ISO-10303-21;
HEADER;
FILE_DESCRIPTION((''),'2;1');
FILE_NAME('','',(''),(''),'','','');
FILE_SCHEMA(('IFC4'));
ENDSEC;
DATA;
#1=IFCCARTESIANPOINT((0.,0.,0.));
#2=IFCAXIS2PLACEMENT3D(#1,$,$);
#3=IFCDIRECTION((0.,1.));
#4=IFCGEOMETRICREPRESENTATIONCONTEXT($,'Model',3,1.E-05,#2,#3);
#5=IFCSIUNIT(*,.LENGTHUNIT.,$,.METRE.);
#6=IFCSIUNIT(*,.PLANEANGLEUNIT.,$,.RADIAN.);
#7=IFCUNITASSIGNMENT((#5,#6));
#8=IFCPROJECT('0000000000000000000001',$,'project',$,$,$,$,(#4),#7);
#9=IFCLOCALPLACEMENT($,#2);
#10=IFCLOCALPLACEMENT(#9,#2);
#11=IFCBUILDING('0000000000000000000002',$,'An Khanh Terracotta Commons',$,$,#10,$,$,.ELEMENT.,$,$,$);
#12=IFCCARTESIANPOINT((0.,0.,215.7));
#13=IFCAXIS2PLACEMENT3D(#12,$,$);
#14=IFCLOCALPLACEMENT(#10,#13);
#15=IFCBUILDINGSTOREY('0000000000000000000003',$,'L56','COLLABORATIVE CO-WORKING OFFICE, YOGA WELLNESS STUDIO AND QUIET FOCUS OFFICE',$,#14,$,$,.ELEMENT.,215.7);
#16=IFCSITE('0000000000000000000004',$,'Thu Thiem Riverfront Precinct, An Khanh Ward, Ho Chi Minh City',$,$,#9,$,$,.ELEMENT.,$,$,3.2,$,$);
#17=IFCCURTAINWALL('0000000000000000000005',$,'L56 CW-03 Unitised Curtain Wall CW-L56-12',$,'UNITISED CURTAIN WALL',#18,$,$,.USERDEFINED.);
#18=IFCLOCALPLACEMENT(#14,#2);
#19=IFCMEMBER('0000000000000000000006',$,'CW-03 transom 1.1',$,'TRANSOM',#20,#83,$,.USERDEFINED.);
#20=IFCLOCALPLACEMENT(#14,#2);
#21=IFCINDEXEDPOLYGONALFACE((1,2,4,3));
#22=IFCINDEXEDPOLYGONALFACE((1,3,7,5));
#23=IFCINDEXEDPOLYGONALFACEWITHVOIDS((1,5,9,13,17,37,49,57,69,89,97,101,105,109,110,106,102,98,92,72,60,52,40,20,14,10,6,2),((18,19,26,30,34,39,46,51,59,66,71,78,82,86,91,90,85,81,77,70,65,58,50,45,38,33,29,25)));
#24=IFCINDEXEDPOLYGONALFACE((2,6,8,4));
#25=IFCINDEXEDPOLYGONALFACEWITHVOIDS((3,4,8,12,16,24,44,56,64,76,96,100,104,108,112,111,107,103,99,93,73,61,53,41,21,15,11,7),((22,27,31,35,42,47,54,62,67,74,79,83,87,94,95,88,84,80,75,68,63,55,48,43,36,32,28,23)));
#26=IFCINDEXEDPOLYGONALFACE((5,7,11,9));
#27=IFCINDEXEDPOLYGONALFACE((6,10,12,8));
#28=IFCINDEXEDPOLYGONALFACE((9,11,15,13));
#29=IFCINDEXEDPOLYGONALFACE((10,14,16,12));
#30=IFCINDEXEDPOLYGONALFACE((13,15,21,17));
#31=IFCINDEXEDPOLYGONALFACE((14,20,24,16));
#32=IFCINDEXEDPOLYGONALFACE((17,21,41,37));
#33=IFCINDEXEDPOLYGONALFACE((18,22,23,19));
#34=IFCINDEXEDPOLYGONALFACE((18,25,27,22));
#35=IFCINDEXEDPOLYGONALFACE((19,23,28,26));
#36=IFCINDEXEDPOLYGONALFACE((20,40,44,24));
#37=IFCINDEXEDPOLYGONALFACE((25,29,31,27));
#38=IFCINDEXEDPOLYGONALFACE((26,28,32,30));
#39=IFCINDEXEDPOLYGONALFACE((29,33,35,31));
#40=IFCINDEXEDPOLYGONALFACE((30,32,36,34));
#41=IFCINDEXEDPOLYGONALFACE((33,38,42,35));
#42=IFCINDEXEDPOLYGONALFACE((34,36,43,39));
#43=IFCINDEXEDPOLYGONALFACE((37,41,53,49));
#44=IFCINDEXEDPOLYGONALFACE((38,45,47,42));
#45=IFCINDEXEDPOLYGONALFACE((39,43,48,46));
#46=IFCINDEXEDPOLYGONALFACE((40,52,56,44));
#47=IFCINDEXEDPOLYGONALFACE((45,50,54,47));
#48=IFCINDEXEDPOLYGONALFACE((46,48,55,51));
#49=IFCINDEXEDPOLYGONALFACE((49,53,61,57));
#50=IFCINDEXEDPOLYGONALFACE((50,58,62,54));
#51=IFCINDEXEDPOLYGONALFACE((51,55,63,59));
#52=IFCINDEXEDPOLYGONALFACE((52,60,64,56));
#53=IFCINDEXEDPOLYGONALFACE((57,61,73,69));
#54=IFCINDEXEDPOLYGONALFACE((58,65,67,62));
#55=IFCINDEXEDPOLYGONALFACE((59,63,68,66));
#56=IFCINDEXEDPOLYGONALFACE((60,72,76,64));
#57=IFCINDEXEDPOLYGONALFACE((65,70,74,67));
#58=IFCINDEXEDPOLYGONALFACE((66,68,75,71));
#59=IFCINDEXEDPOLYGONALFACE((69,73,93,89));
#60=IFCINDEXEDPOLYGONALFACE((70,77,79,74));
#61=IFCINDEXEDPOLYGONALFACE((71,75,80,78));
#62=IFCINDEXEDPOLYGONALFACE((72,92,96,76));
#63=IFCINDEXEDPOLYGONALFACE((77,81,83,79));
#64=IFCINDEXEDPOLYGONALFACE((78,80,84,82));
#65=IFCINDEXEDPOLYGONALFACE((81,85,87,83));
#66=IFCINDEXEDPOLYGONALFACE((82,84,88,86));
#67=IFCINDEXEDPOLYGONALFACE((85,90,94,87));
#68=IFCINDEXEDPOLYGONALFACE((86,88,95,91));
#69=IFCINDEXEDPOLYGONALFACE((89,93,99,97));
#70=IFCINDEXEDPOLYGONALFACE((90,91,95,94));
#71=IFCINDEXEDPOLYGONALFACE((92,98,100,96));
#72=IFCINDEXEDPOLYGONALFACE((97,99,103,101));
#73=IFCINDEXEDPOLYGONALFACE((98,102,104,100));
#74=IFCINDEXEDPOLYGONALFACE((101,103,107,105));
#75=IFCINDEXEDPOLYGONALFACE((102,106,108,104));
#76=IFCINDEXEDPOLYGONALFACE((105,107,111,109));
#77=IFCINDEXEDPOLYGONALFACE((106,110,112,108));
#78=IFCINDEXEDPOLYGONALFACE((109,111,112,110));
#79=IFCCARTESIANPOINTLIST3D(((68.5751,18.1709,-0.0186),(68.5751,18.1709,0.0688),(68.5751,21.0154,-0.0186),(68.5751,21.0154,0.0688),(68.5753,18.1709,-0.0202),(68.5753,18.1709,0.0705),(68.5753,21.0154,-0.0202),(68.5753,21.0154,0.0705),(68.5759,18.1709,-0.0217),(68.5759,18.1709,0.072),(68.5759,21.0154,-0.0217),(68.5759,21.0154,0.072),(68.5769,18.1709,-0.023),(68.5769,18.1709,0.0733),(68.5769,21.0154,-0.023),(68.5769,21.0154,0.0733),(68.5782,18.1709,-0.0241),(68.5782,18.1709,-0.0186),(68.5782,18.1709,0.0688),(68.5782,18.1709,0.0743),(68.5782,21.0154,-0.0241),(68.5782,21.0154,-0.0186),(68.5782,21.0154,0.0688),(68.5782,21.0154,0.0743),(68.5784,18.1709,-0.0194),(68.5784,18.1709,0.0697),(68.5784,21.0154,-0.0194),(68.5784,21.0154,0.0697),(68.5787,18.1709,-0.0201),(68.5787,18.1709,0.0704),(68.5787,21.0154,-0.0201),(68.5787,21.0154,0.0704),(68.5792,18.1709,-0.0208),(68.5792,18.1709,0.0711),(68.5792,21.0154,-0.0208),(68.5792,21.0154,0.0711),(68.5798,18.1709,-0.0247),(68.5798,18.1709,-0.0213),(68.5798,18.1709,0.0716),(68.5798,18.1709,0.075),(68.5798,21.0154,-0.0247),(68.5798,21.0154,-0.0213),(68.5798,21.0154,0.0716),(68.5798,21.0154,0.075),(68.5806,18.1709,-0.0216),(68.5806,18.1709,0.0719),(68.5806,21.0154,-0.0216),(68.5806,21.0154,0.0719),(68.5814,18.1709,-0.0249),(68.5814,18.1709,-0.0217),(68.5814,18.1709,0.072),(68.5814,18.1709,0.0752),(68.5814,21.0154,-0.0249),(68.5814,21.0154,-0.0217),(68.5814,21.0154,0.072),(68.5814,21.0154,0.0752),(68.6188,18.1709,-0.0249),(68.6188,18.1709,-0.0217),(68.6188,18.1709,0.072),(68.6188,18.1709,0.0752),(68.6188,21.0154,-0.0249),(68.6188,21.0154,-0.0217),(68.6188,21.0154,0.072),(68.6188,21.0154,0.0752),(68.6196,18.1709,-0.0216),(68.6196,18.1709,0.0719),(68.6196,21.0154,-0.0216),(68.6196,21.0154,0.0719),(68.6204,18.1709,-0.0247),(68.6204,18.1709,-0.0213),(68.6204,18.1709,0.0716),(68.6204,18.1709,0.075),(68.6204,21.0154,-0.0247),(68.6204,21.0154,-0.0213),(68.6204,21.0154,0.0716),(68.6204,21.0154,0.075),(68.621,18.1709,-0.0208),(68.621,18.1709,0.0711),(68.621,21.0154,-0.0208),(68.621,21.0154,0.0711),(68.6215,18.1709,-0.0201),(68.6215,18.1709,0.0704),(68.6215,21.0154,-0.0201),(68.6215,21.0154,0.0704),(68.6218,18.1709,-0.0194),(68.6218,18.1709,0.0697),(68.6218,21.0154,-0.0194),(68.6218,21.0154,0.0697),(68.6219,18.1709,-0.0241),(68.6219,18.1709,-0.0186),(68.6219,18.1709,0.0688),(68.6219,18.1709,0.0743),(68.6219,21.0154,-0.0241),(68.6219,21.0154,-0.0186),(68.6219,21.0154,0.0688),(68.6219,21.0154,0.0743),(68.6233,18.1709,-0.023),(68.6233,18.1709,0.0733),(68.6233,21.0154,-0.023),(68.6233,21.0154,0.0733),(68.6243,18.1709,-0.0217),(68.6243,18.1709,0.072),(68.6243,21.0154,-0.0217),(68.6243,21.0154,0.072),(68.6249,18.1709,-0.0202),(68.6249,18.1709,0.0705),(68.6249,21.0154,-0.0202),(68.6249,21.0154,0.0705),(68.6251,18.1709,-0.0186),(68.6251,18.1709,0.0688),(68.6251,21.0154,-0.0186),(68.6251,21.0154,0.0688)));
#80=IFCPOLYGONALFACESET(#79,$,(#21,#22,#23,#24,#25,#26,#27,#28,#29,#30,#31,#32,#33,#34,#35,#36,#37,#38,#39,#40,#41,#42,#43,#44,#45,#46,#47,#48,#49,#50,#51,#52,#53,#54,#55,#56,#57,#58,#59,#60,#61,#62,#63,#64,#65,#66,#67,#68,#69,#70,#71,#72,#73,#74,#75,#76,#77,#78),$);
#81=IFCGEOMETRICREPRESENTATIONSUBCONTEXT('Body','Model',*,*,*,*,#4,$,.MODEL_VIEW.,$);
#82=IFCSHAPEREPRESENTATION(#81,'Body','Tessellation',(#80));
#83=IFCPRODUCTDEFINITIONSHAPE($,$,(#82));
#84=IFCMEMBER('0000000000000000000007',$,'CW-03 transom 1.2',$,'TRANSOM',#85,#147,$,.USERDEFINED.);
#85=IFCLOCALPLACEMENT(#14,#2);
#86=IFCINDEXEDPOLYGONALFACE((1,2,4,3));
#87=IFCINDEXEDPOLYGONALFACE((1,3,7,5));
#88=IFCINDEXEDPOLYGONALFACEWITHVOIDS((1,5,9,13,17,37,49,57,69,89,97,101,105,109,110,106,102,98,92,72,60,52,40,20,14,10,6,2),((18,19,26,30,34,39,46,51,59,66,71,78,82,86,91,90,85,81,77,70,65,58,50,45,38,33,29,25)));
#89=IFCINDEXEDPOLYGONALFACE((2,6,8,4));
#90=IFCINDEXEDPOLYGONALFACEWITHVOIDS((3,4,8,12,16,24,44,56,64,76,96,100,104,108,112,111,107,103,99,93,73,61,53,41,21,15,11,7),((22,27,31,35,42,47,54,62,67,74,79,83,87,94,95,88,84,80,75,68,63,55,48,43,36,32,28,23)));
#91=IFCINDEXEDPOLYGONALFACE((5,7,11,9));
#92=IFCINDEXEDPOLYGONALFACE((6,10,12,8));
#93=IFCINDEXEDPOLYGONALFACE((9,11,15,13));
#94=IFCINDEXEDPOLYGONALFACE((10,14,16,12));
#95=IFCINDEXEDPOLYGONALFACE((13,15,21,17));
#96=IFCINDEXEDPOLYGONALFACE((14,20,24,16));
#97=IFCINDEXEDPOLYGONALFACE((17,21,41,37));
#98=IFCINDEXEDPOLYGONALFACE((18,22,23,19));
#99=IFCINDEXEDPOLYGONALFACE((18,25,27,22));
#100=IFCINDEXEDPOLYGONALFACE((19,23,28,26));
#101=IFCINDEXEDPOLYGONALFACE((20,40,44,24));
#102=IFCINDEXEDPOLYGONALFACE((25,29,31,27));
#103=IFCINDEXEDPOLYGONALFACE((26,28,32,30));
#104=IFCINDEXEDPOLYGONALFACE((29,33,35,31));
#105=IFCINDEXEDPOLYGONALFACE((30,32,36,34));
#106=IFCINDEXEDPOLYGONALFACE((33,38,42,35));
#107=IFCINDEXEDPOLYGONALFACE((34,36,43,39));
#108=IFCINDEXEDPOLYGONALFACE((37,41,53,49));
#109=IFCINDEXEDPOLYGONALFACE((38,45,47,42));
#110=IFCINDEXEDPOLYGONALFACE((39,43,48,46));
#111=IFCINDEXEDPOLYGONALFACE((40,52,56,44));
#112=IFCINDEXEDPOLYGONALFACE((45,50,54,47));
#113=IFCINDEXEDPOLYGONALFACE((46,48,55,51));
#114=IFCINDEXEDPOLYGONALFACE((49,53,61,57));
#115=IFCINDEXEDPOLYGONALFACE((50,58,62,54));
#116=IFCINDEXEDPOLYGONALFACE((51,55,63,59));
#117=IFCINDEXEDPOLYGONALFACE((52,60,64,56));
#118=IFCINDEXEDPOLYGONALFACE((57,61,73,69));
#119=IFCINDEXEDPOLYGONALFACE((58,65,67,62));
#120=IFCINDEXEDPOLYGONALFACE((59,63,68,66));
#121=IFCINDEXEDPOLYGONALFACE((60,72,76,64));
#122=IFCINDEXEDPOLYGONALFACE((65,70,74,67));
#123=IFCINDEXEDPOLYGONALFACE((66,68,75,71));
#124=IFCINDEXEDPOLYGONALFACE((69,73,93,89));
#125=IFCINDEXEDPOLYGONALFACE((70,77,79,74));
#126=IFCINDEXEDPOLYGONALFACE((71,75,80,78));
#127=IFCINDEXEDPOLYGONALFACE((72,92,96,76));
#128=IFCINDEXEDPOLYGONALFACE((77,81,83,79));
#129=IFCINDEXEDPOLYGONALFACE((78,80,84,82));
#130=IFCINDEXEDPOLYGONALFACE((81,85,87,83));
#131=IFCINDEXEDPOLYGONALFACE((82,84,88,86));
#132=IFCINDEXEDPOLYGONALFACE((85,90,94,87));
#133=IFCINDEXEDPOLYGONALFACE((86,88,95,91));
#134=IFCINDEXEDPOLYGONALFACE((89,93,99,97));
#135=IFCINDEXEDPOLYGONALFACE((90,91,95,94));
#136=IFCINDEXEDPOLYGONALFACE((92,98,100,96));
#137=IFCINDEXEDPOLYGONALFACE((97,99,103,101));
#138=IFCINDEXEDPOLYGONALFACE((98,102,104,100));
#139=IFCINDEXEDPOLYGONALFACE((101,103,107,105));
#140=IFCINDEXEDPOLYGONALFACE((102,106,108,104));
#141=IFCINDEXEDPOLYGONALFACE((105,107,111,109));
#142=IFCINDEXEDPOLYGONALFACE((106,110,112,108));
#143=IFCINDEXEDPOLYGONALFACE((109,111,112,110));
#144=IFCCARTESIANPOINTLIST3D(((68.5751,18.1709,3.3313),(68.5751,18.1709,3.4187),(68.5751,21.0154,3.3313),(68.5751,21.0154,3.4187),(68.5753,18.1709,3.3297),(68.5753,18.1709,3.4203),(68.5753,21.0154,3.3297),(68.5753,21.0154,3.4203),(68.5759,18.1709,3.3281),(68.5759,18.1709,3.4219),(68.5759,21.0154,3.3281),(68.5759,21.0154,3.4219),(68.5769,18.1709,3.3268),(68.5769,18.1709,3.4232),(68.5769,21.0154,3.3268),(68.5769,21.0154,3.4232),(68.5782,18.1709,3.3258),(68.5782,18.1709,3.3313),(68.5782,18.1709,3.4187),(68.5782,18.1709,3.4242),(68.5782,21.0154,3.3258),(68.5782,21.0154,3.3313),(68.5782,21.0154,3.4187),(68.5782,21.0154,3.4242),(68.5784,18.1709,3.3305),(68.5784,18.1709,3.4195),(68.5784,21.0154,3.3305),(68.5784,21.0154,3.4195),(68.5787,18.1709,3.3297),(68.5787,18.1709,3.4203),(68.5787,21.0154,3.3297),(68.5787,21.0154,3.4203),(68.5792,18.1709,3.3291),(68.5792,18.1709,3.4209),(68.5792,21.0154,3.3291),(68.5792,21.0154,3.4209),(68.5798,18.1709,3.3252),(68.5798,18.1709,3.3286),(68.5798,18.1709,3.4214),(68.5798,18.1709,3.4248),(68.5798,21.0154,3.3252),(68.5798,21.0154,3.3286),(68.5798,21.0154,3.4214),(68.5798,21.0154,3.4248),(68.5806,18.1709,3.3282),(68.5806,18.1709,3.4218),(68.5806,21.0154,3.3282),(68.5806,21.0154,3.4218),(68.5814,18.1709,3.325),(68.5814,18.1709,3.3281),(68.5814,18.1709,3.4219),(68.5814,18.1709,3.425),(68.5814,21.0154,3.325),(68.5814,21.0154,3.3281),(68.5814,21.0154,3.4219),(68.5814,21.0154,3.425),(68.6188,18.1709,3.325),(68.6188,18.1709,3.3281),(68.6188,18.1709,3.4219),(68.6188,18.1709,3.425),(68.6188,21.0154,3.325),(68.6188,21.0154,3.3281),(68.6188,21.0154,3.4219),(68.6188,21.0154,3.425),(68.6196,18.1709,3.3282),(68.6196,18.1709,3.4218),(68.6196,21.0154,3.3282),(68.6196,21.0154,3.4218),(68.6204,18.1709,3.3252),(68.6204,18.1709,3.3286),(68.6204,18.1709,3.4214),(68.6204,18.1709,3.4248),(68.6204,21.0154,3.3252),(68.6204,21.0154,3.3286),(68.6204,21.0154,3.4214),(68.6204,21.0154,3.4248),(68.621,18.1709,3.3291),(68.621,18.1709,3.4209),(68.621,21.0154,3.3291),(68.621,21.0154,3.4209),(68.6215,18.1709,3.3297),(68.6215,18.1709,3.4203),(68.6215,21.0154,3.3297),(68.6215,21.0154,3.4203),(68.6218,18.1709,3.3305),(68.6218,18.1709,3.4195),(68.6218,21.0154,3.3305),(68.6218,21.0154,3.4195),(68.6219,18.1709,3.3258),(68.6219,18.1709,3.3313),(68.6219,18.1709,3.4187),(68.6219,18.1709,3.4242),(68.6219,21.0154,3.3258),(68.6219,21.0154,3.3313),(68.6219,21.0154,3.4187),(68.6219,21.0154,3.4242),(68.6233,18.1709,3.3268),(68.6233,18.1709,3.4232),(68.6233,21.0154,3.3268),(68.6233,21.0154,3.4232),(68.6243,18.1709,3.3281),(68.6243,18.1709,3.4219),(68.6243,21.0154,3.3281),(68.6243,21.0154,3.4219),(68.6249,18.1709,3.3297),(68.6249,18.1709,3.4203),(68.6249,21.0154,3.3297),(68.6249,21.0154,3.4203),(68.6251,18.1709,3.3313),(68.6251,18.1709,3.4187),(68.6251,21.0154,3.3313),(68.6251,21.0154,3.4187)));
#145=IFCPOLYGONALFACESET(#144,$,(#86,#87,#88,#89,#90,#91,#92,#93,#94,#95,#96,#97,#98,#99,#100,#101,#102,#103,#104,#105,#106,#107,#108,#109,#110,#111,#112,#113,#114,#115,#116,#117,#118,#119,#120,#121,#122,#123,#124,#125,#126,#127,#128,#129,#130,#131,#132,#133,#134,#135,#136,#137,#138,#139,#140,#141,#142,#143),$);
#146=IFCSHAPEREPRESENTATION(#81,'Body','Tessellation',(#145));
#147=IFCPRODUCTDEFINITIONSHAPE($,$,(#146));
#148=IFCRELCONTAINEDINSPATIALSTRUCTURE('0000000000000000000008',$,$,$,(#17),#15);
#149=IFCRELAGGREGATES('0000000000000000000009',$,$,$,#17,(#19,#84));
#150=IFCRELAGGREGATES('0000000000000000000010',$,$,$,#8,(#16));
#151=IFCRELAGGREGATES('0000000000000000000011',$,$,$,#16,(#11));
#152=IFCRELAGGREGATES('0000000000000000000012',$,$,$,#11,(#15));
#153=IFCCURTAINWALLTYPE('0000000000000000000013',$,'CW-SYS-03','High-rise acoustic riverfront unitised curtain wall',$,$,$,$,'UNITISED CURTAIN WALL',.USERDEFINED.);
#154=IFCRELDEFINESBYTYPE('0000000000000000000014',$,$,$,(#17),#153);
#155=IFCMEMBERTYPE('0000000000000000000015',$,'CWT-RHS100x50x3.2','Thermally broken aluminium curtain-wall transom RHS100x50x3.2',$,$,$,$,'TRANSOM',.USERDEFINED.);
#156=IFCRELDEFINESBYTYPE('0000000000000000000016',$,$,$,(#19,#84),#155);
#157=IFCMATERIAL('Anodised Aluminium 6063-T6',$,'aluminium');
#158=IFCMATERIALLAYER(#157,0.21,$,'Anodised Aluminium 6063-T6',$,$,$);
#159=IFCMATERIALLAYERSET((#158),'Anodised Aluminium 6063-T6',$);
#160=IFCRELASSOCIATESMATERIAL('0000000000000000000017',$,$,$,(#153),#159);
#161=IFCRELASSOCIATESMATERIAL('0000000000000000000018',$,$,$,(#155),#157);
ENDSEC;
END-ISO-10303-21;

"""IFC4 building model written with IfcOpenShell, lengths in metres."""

from ifc_helpers import new_model, si_unit, direction, frame, origin, origin_2d, place, context, subcontext, project, spatial, hollow_rectangle, extrude, material, layer, layer_set, material_profile, profile_set, type_object, element, aggregate, save


model = new_model("IFC4")

# Units and contexts
model_context = context("Model", 3, precision=1e-05, world=origin(), true_north=direction((0.0, 1.0)))
body_context = subcontext(model_context, "Body", "Model", "MODEL_VIEW")
ifc_project = project(units=[si_unit("LENGTHUNIT", "METRE"), si_unit("PLANEANGLEUNIT", "RADIAN")], contexts=[model_context])

# Site, building, storey
site_placement = place(None, origin())
site = spatial("IfcSite", under=ifc_project, at=site_placement, Name="Thu Thiem Riverfront Precinct, An Khanh Ward, Ho Chi Minh City", CompositionType="ELEMENT", RefElevation=3.2)
building_placement = place(site_placement, origin())
building = spatial("IfcBuilding", under=site, at=building_placement, Name="An Khanh Terracotta Commons", CompositionType="ELEMENT")
storey_placement = place(building_placement, frame((0.0, 0.0, 215.7)))
storey = spatial("IfcBuildingStorey", under=building, at=storey_placement, Name="L56", Description="COLLABORATIVE CO-WORKING OFFICE, YOGA WELLNESS STUDIO AND QUIET FOCUS OFFICE", CompositionType="ELEMENT", Elevation=215.7)

# Curtain wall
ifc_material_1 = material(Name="Anodised Aluminium 6063-T6", Category="aluminium")
ifc_layer_1 = layer(ifc_material_1, 0.21, Name="Anodised Aluminium 6063-T6")
ifc_layer_set_1 = layer_set([ifc_layer_1], Name="Anodised Aluminium 6063-T6")
curtain_wall_type = type_object("IfcCurtainWallType", Name="CW-SYS-03", Description="High-rise acoustic riverfront unitised curtain wall", ElementType="UNITISED CURTAIN WALL", PredefinedType="USERDEFINED", material=ifc_layer_set_1)
curtain_wall_1_placement = place(storey_placement, origin())
curtain_wall_1 = element("IfcCurtainWall", 1, at=curtain_wall_1_placement, inside=storey, type_object=curtain_wall_type, Name="L56 CW-03 Unitised Curtain Wall CW-L56-12", ObjectType="UNITISED CURTAIN WALL", PredefinedType="USERDEFINED")

# Members
ifc_material_profile_1 = material_profile(ifc_material_1, hollow_rectangle(XDim=0.05, YDim=0.1001, WallThickness=0.0032, InnerFilletRadius=0.0032, OuterFilletRadius=0.0063, at=origin_2d()), Name="RHS100x50x3.2")
ifc_profile_set_1 = profile_set([ifc_material_profile_1], Name="Anodised Aluminium 6063-T6")
member_type_1 = type_object("IfcMemberType", Name="CWT-RHS100x50x3.2", Description="Thermally broken aluminium curtain-wall transom RHS100x50x3.2", ElementType="TRANSOM", PredefinedType="USERDEFINED", material=ifc_profile_set_1)
member_1_placement = place(storey_placement, frame((68.6001, 18.1709, 0.0251), z_axis=(0.0, 1.0, 0.0), x_axis=(-1.0, 0.0, 0.0)))
member_1 = element("IfcMember", 2, at=member_1_placement, type_object=member_type_1, Name="CW-03 transom 1.1", ObjectType="TRANSOM", PredefinedType="USERDEFINED", context=body_context, shape_type="SweptSolid", body=[
    extrude(hollow_rectangle(XDim=0.05, YDim=0.1001, WallThickness=0.0032, InnerFilletRadius=0.0032, OuterFilletRadius=0.0063, at=origin_2d()), origin(), (0.0, 0.0, 1.0), 2.8445),
])
member_2_placement = place(storey_placement, frame((68.6001, 18.1709, 3.375), z_axis=(0.0, 1.0, 0.0), x_axis=(-1.0, 0.0, 0.0)))
member_2 = element("IfcMember", 3, at=member_2_placement, type_object=member_type_1, Name="CW-03 transom 1.2", ObjectType="TRANSOM", PredefinedType="USERDEFINED", context=body_context, shape_type="SweptSolid", body=[
    extrude(hollow_rectangle(XDim=0.05, YDim=0.1001, WallThickness=0.0032, InnerFilletRadius=0.0032, OuterFilletRadius=0.0063, at=origin_2d()), origin(), (0.0, 0.0, 1.0), 2.8445),
])

aggregate(curtain_wall_1, [member_1, member_2])

save(model, "model.ifc")
